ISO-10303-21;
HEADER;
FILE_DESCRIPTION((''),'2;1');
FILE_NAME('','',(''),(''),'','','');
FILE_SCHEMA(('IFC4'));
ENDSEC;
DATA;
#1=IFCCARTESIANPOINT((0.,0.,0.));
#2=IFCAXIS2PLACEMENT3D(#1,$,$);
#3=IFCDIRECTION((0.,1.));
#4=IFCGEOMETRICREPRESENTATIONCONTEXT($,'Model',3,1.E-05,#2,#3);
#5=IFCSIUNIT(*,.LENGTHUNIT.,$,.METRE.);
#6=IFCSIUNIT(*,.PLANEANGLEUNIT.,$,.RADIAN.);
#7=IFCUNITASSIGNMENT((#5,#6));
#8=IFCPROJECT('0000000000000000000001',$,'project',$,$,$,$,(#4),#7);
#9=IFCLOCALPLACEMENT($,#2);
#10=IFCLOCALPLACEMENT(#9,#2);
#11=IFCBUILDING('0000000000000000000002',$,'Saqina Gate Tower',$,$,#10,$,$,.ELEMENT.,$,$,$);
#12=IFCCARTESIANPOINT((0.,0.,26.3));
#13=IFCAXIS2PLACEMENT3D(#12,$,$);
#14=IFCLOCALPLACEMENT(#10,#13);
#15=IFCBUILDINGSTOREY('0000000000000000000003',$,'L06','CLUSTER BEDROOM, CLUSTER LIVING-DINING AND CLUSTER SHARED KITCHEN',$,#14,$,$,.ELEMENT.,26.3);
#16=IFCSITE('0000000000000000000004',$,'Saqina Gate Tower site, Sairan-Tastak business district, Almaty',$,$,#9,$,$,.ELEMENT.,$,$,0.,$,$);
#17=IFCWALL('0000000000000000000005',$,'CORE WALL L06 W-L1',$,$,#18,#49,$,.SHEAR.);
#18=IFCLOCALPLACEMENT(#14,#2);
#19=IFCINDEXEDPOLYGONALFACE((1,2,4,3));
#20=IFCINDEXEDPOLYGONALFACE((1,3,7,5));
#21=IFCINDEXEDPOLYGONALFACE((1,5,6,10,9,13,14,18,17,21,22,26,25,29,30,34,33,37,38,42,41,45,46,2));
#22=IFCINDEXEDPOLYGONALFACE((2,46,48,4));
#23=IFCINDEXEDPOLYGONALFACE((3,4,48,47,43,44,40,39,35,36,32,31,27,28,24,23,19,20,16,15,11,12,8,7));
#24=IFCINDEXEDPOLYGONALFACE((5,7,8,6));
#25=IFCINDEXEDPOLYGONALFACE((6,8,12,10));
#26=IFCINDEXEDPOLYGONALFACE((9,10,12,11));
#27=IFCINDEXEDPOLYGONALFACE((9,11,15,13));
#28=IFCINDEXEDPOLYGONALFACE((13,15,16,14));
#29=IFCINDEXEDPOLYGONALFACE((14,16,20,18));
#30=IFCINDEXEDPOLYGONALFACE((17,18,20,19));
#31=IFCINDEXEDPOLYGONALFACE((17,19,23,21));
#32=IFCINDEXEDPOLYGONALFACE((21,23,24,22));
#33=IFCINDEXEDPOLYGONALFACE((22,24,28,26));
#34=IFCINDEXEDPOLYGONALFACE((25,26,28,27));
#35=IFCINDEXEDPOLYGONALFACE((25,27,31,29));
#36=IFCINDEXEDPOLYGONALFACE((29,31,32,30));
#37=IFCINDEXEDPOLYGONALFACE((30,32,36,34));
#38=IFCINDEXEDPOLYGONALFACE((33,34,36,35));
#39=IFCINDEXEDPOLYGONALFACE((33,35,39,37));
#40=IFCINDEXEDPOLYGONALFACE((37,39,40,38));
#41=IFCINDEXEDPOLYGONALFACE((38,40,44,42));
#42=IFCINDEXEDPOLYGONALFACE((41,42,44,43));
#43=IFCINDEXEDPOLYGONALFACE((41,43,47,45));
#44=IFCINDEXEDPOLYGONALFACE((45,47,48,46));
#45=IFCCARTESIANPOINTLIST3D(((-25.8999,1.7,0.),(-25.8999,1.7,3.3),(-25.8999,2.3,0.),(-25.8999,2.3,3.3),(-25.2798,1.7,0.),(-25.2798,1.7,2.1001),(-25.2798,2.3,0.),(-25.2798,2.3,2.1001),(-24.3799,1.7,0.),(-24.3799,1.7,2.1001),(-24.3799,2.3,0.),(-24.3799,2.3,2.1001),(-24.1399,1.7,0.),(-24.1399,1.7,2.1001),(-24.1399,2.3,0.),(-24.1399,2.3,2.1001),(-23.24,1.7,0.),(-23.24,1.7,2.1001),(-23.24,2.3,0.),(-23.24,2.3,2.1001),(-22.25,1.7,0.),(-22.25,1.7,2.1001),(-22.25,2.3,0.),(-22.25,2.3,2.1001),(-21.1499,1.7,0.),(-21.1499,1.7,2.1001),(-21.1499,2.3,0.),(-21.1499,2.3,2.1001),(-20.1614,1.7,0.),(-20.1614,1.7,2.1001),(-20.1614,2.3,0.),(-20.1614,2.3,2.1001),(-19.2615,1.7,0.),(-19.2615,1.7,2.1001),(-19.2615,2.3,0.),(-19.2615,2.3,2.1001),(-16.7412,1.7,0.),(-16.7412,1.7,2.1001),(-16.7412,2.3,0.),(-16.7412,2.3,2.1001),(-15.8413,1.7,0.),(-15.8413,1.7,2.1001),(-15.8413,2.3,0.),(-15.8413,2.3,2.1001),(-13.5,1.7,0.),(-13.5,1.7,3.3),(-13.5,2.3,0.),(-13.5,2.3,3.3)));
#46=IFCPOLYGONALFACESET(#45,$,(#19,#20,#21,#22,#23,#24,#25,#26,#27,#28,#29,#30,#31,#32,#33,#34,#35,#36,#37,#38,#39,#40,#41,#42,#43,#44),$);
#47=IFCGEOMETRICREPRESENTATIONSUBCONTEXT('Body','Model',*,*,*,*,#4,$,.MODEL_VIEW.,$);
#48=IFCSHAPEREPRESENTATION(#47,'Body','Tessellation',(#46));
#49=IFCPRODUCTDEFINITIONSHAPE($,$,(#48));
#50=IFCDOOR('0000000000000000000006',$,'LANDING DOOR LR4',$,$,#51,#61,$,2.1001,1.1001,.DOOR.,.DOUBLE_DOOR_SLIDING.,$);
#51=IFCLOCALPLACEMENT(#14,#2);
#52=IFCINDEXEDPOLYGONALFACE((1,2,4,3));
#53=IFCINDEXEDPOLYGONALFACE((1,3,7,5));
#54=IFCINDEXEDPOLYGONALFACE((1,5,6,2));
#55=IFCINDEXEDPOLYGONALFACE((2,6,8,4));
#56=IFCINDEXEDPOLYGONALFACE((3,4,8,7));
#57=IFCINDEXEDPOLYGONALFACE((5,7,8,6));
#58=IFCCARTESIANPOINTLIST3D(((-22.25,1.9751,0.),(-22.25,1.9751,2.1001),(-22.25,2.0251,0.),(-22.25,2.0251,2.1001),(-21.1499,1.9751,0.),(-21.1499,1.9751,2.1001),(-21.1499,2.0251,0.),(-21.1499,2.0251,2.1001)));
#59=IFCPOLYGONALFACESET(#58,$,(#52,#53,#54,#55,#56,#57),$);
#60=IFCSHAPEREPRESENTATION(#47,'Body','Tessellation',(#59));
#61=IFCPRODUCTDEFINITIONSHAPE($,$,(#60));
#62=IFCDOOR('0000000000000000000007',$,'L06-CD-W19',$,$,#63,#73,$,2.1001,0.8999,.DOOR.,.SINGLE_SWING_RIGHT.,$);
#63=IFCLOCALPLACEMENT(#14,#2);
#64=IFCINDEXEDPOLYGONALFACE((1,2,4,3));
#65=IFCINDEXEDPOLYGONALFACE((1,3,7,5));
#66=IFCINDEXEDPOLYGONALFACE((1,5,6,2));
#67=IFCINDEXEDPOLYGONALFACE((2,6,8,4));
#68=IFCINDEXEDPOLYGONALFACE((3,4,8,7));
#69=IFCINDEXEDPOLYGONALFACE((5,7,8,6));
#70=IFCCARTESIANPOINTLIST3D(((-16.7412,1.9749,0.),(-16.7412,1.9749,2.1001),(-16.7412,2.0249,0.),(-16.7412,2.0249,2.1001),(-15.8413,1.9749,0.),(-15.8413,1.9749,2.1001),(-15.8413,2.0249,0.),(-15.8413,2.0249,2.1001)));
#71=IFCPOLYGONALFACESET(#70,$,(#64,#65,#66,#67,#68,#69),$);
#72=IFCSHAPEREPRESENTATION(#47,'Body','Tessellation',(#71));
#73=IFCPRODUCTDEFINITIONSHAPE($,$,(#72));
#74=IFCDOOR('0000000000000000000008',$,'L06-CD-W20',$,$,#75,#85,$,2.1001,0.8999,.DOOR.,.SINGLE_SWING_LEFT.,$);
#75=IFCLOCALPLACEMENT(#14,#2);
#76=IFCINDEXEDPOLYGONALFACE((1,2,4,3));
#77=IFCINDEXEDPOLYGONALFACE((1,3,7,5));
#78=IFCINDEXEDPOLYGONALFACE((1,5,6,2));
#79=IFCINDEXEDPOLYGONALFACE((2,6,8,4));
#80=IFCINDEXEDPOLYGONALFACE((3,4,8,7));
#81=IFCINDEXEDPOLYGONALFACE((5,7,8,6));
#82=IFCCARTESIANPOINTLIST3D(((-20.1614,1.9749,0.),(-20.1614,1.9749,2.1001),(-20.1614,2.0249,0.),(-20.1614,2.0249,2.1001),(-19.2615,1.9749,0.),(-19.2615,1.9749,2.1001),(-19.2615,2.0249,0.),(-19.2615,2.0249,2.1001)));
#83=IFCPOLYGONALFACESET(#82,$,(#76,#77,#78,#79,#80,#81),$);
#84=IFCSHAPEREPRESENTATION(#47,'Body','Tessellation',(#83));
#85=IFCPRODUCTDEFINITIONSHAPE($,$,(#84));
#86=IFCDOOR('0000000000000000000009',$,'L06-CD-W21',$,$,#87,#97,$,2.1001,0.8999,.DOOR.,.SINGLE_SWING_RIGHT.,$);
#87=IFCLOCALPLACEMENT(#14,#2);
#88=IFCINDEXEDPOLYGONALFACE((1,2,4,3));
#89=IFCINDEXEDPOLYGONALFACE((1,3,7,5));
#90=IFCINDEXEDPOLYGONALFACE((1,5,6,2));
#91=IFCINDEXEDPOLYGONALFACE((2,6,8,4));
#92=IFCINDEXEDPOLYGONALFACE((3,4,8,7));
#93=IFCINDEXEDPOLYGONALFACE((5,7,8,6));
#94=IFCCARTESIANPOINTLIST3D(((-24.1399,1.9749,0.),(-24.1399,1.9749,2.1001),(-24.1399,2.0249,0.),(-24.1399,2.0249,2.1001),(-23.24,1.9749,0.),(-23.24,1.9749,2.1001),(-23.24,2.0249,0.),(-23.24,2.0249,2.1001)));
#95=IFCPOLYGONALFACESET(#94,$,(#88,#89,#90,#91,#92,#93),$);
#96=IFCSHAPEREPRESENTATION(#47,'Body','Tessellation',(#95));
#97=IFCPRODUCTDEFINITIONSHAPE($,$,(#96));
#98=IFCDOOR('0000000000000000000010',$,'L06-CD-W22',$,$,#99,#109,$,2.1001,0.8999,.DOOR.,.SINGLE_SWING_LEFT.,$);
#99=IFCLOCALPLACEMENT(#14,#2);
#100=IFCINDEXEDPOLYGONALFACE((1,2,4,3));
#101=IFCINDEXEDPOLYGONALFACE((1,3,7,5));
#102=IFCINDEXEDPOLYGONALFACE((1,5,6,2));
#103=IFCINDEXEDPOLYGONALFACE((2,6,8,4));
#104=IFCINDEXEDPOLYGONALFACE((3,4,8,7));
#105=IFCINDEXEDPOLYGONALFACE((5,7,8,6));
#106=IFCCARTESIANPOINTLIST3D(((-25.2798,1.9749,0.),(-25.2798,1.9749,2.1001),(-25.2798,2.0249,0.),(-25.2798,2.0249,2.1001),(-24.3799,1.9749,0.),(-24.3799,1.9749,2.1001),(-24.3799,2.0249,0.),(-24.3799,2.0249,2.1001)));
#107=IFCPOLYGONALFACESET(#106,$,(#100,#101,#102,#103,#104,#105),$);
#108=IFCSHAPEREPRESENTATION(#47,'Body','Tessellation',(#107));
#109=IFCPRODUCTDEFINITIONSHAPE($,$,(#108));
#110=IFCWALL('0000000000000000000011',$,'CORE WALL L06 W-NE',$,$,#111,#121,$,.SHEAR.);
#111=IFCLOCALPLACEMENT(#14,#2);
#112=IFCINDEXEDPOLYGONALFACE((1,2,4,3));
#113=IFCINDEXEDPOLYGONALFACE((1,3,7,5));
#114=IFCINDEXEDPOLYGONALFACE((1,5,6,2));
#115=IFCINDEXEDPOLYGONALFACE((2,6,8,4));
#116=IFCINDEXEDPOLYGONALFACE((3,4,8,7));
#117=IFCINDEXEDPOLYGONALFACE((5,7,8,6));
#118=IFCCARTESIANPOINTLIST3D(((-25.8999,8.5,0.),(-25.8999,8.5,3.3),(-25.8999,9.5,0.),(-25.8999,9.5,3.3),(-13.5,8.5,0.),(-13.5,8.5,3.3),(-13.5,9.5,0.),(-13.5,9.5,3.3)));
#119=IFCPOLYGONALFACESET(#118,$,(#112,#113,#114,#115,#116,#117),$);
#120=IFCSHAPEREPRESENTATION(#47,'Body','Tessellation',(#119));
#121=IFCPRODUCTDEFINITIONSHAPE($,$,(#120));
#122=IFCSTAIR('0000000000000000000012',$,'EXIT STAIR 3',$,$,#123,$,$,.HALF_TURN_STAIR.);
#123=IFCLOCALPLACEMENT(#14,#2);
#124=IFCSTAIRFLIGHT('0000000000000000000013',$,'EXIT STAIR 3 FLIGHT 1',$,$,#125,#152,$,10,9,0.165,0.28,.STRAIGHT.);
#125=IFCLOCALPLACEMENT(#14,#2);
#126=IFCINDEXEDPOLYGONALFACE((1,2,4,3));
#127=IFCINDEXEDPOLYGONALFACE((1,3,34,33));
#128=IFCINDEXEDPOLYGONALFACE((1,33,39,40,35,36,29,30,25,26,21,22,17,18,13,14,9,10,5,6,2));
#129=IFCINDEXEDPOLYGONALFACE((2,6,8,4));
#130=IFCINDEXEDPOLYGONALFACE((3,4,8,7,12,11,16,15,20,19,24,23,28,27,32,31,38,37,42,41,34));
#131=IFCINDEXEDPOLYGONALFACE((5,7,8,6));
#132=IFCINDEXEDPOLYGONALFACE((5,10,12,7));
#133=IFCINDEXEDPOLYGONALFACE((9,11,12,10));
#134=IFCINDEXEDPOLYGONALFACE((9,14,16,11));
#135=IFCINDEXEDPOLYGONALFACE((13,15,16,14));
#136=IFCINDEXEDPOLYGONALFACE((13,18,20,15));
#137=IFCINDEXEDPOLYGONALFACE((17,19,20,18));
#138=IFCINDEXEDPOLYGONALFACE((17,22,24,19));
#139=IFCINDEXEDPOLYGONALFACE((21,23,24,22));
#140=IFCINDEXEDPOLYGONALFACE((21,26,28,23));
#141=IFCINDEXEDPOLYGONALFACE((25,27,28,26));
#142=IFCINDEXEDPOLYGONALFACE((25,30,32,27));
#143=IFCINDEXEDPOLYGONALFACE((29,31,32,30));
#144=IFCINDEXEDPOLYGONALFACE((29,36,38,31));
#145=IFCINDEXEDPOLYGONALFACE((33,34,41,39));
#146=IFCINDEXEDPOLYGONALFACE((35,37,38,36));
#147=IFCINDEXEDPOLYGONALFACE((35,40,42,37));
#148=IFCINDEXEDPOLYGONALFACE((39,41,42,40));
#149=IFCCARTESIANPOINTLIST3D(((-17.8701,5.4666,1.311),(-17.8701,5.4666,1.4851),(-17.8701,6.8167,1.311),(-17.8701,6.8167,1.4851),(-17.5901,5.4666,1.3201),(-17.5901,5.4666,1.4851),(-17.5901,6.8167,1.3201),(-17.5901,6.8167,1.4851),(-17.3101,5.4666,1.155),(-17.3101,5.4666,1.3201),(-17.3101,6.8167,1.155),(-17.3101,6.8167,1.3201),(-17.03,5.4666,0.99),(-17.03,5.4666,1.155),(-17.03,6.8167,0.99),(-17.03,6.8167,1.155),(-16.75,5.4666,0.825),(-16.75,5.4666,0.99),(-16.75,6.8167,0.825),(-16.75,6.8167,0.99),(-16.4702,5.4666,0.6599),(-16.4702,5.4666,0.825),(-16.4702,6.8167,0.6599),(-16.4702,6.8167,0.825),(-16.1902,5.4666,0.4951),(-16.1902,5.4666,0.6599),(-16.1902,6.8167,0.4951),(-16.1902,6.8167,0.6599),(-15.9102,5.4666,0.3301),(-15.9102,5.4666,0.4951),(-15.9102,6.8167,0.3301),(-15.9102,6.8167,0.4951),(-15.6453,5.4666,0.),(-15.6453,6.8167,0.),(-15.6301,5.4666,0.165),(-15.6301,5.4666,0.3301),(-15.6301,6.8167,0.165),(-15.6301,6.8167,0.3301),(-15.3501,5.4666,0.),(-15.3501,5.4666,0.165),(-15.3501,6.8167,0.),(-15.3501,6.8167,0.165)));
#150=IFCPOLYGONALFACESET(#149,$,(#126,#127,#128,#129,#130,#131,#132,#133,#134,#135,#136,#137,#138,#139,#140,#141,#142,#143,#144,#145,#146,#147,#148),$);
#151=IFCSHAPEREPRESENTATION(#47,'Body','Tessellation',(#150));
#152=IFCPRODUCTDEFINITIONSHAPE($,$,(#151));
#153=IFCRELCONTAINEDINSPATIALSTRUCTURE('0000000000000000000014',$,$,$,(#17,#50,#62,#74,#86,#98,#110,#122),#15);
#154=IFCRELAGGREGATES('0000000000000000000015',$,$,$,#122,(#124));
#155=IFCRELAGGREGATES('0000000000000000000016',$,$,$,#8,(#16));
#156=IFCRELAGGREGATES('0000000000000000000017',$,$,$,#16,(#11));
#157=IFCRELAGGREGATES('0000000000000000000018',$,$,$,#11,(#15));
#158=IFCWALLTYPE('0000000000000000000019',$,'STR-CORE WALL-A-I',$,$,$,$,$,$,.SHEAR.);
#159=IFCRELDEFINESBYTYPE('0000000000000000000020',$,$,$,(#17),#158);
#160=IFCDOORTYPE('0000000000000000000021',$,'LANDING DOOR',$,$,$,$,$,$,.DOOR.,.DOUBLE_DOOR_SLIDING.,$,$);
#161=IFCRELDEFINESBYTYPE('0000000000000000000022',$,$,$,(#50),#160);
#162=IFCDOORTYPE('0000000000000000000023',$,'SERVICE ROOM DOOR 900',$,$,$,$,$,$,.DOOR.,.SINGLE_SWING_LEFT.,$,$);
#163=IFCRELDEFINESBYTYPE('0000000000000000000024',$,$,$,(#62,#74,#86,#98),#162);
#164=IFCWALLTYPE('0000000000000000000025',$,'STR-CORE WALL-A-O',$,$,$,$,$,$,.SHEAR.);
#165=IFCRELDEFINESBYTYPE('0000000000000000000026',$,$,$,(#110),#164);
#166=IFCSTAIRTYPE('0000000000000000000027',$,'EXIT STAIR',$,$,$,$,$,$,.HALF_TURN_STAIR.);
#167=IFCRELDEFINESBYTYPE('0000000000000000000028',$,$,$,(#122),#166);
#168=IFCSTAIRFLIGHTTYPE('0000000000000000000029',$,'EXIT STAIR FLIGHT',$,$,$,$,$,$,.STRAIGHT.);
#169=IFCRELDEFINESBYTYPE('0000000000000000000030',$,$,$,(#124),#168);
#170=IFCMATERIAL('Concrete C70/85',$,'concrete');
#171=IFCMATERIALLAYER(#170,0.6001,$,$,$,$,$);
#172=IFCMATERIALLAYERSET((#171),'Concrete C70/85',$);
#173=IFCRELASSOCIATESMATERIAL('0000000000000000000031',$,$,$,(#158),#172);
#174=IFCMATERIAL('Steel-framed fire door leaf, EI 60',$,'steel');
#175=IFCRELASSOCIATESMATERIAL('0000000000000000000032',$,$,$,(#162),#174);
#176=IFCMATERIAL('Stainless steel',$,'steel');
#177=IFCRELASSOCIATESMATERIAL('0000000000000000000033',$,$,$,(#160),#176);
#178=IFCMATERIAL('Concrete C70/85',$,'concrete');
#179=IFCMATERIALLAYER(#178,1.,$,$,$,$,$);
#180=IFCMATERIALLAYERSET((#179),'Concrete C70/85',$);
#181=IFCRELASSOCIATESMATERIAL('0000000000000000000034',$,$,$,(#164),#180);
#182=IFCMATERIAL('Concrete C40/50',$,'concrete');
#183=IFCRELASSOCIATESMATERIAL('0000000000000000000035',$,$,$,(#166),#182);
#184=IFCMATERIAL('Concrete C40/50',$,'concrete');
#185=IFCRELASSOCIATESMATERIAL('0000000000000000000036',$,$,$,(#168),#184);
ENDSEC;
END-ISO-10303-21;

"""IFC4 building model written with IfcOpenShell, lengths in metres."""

from ifc_helpers import new_model, si_unit, direction, frame, frame_2d, origin, place, context, subcontext, project, spatial, polyline, rectangle, outline, extrude, material, layer, layer_set, type_object, element, fill, aggregate, save


model = new_model("IFC4")

# Units and contexts
model_context = context("Model", 3, precision=1e-05, world=origin(), true_north=direction((0.0, 1.0)))
body_context = subcontext(model_context, "Body", "Model", "MODEL_VIEW")
ifc_project = project(units=[si_unit("LENGTHUNIT", "METRE"), si_unit("PLANEANGLEUNIT", "RADIAN")], contexts=[model_context])

# Site, building, storey
site_placement = place(None, origin())
site = spatial("IfcSite", under=ifc_project, at=site_placement, Name="Saqina Gate Tower site, Sairan-Tastak business district, Almaty", CompositionType="ELEMENT", RefElevation=0.0)
building_placement = place(site_placement, origin())
building = spatial("IfcBuilding", under=site, at=building_placement, Name="Saqina Gate Tower", CompositionType="ELEMENT")
storey_placement = place(building_placement, frame((0.0, 0.0, 26.3)))
storey = spatial("IfcBuildingStorey", under=building, at=storey_placement, Name="L06", Description="CLUSTER BEDROOM, CLUSTER LIVING-DINING AND CLUSTER SHARED KITCHEN", CompositionType="ELEMENT", Elevation=26.3)

# Shared definitions
ifc_material_1 = material(Name="Concrete C70/85", Category="concrete")
ifc_layer_1 = layer(ifc_material_1, 0.6001)
ifc_layer_set_1 = layer_set([ifc_layer_1], Name="Concrete C70/85")
wall_type_1 = type_object("IfcWallType", Name="STR-CORE WALL-A-I", PredefinedType="SHEAR", material=ifc_layer_set_1)
ifc_material_2 = material(Name="Steel-framed fire door leaf, EI 60", Category="steel")
door_type_1 = type_object("IfcDoorType", Name="SERVICE ROOM DOOR 900", OperationType="SINGLE_SWING_LEFT", PredefinedType="DOOR", material=ifc_material_2)

# Wall, openings, doors
wall_1_placement = place(storey_placement, frame((-13.5, 2.0, 0.0), z_axis=(0.0, 0.0, 1.0), x_axis=(-1.0, 0.0, 0.0)))
wall_1 = element("IfcWall", 1, at=wall_1_placement, inside=storey, type_object=wall_type_1, Name="CORE WALL L06 W-L1", PredefinedType="SHEAR", context=body_context, shape_type="SweptSolid", body=[
    extrude(rectangle(XDim=12.3999, YDim=0.6001, at=frame_2d((6.2, 0.0))), origin(), (0.0, 0.0, 1.0), 3.3),
])
opening_1_placement = place(wall_1_placement, frame((7.6499, 0.0, 0.0)))
opening_1 = element("IfcOpeningElement", 2, at=opening_1_placement, cuts=wall_1, PredefinedType="OPENING", context=body_context, shape_type="SweptSolid", body=[
    extrude(rectangle(XDim=1.1001, YDim=2.1001, at=frame_2d((0.55, 1.05))), frame((0.0, 0.312, 0.0), z_axis=(0.0, -1.0, 0.0), x_axis=(1.0, 0.0, 0.0)), (0.0, 0.0, 1.0), 0.624),
])
opening_2_placement = place(wall_1_placement, frame((2.3413, 0.0, 0.0)))
opening_2 = element("IfcOpeningElement", 3, at=opening_2_placement, cuts=wall_1, PredefinedType="OPENING", context=body_context, shape_type="SweptSolid", body=[
    extrude(rectangle(XDim=0.8999, YDim=2.1001, at=frame_2d((0.45, 1.05))), frame((0.0, 0.312, 0.0), z_axis=(0.0, -1.0, 0.0), x_axis=(1.0, 0.0, 0.0)), (0.0, 0.0, 1.0), 0.624),
])
opening_3_placement = place(wall_1_placement, frame((5.7615, 0.0, 0.0)))
opening_3 = element("IfcOpeningElement", 4, at=opening_3_placement, cuts=wall_1, PredefinedType="OPENING", context=body_context, shape_type="SweptSolid", body=[
    extrude(rectangle(XDim=0.8999, YDim=2.1001, at=frame_2d((0.45, 1.05))), frame((0.0, 0.312, 0.0), z_axis=(0.0, -1.0, 0.0), x_axis=(1.0, 0.0, 0.0)), (0.0, 0.0, 1.0), 0.624),
])
opening_4_placement = place(wall_1_placement, frame((9.74, 0.0, 0.0)))
opening_4 = element("IfcOpeningElement", 5, at=opening_4_placement, cuts=wall_1, PredefinedType="OPENING", context=body_context, shape_type="SweptSolid", body=[
    extrude(rectangle(XDim=0.8999, YDim=2.1001, at=frame_2d((0.45, 1.05))), frame((0.0, 0.312, 0.0), z_axis=(0.0, -1.0, 0.0), x_axis=(1.0, 0.0, 0.0)), (0.0, 0.0, 1.0), 0.624),
])
opening_5_placement = place(wall_1_placement, frame((10.8799, 0.0, 0.0)))
opening_5 = element("IfcOpeningElement", 6, at=opening_5_placement, cuts=wall_1, PredefinedType="OPENING", context=body_context, shape_type="SweptSolid", body=[
    extrude(rectangle(XDim=0.8999, YDim=2.1001, at=frame_2d((0.45, 1.05))), frame((0.0, 0.312, 0.0), z_axis=(0.0, -1.0, 0.0), x_axis=(1.0, 0.0, 0.0)), (0.0, 0.0, 1.0), 0.624),
])
ifc_material_3 = material(Name="Stainless steel", Category="steel")
door_type_2 = type_object("IfcDoorType", Name="LANDING DOOR", OperationType="DOUBLE_DOOR_SLIDING", PredefinedType="DOOR", material=ifc_material_3)
door_1_placement = place(opening_1_placement, origin())
door_1 = element("IfcDoor", 7, at=door_1_placement, inside=storey, type_object=door_type_2, Name="LANDING DOOR LR4", OperationType="DOUBLE_DOOR_SLIDING", OverallHeight=2.1001, OverallWidth=1.1001, PredefinedType="DOOR", context=body_context, shape_type="SweptSolid", body=[
    extrude(rectangle(XDim=1.1001, YDim=2.1001, at=frame_2d((0.55, 1.05))), frame((0.0, 0.0249, 0.0), z_axis=(0.0, -1.0, 0.0), x_axis=(1.0, 0.0, 0.0)), (0.0, 0.0, 1.0), 0.05),
])
fill(opening_1, door_1)
door_2_placement = place(opening_2_placement, frame((0.8999, 0.0, 0.0), z_axis=(0.0, 0.0, 1.0), x_axis=(-1.0, 0.0, 0.0)))
door_2 = element("IfcDoor", 8, at=door_2_placement, inside=storey, type_object=door_type_1, Name="L06-CD-W19", OperationType="SINGLE_SWING_RIGHT", OverallHeight=2.1001, OverallWidth=0.8999, PredefinedType="DOOR", context=body_context, shape_type="SweptSolid", body=[
    extrude(rectangle(XDim=0.8999, YDim=2.1001, at=frame_2d((0.45, 1.05))), frame((0.0, 0.0249, 0.0), z_axis=(0.0, -1.0, 0.0), x_axis=(1.0, 0.0, 0.0)), (0.0, 0.0, 1.0), 0.05),
])
fill(opening_2, door_2)
door_3_placement = place(opening_3_placement, frame((0.8999, 0.0, 0.0), z_axis=(0.0, 0.0, 1.0), x_axis=(-1.0, 0.0, 0.0)))
door_3 = element("IfcDoor", 9, at=door_3_placement, inside=storey, type_object=door_type_1, Name="L06-CD-W20", OperationType="SINGLE_SWING_LEFT", OverallHeight=2.1001, OverallWidth=0.8999, PredefinedType="DOOR", context=body_context, shape_type="SweptSolid", body=[
    extrude(rectangle(XDim=0.8999, YDim=2.1001, at=frame_2d((0.45, 1.05))), frame((0.0, 0.0249, 0.0), z_axis=(0.0, -1.0, 0.0), x_axis=(1.0, 0.0, 0.0)), (0.0, 0.0, 1.0), 0.05),
])
fill(opening_3, door_3)
door_4_placement = place(opening_4_placement, frame((0.8999, 0.0, 0.0), z_axis=(0.0, 0.0, 1.0), x_axis=(-1.0, 0.0, 0.0)))
door_4 = element("IfcDoor", 10, at=door_4_placement, inside=storey, type_object=door_type_1, Name="L06-CD-W21", OperationType="SINGLE_SWING_RIGHT", OverallHeight=2.1001, OverallWidth=0.8999, PredefinedType="DOOR", context=body_context, shape_type="SweptSolid", body=[
    extrude(rectangle(XDim=0.8999, YDim=2.1001, at=frame_2d((0.45, 1.05))), frame((0.0, 0.0249, 0.0), z_axis=(0.0, -1.0, 0.0), x_axis=(1.0, 0.0, 0.0)), (0.0, 0.0, 1.0), 0.05),
])
fill(opening_4, door_4)
door_5_placement = place(opening_5_placement, frame((0.8999, 0.0, 0.0), z_axis=(0.0, 0.0, 1.0), x_axis=(-1.0, 0.0, 0.0)))
door_5 = element("IfcDoor", 11, at=door_5_placement, inside=storey, type_object=door_type_1, Name="L06-CD-W22", OperationType="SINGLE_SWING_LEFT", OverallHeight=2.1001, OverallWidth=0.8999, PredefinedType="DOOR", context=body_context, shape_type="SweptSolid", body=[
    extrude(rectangle(XDim=0.8999, YDim=2.1001, at=frame_2d((0.45, 1.05))), frame((0.0, 0.0249, 0.0), z_axis=(0.0, -1.0, 0.0), x_axis=(1.0, 0.0, 0.0)), (0.0, 0.0, 1.0), 0.05),
])
fill(opening_5, door_5)

# Wall
ifc_material_4 = material(Name="Concrete C70/85", Category="concrete")
ifc_layer_2 = layer(ifc_material_4, 1.0)
ifc_layer_set_2 = layer_set([ifc_layer_2], Name="Concrete C70/85")
wall_type_2 = type_object("IfcWallType", Name="STR-CORE WALL-A-O", PredefinedType="SHEAR", material=ifc_layer_set_2)
wall_2_placement = place(storey_placement, frame((-13.5, 9.0, 0.0), z_axis=(0.0, 0.0, 1.0), x_axis=(-1.0, 0.0, 0.0)))
element("IfcWall", 12, at=wall_2_placement, inside=storey, type_object=wall_type_2, Name="CORE WALL L06 W-NE", PredefinedType="SHEAR", context=body_context, shape_type="SweptSolid", body=[
    extrude(rectangle(XDim=12.3999, YDim=1.0, at=frame_2d((6.2, 0.0))), origin(), (0.0, 0.0, 1.0), 3.3),
])

# Stair, stair flight
ifc_material_5 = material(Name="Concrete C40/50", Category="concrete")
stair_type = type_object("IfcStairType", Name="EXIT STAIR", PredefinedType="HALF_TURN_STAIR", material=ifc_material_5)
stair_placement = place(storey_placement, origin())
stair = element("IfcStair", 13, at=stair_placement, inside=storey, type_object=stair_type, Name="EXIT STAIR 3", PredefinedType="HALF_TURN_STAIR")
ifc_material_6 = material(Name="Concrete C40/50", Category="concrete")
stair_flight_type = type_object("IfcStairFlightType", Name="EXIT STAIR FLIGHT", PredefinedType="STRAIGHT", material=ifc_material_6)
stair_flight_1_placement = place(storey_placement, frame((-15.3501, 6.1416, 0.0), z_axis=(0.0, 0.0, 1.0), x_axis=(-1.0, 0.0, 0.0)))
stair_flight_1 = element("IfcStairFlight", 14, at=stair_flight_1_placement, type_object=stair_flight_type, Name="EXIT STAIR 3 FLIGHT 1", NumberOfRisers=10, NumberOfTreads=9, PredefinedType="STRAIGHT", RiserHeight=0.165, TreadLength=0.28, context=body_context, shape_type="SweptSolid", body=[
    extrude(outline(polyline([(0.0, 0.0), (0.0, 0.165), (0.28, 0.165), (0.28, 0.3301), (0.5601, 0.3301), (0.5601, 0.4951), (0.8401, 0.4951), (0.8401, 0.6599), (1.1201, 0.6599), (1.1201, 0.825), (1.3999, 0.825), (1.3999, 0.99), (1.6799, 0.99), (1.6799, 1.155), (1.96, 1.155), (1.96, 1.3201), (2.24, 1.3201), (2.24, 1.4851), (2.52, 1.4851), (2.52, 1.6499), (2.52, 1.311), (0.2952, 0.0), (0.0, 0.0)])), frame((0.0, 0.675, 0.0), z_axis=(0.0, -1.0, 0.0), x_axis=(1.0, 0.0, 0.0)), (0.0, 0.0, 1.0), 1.3501),
])
aggregate(stair, [stair_flight_1])

save(model, "model.ifc")
